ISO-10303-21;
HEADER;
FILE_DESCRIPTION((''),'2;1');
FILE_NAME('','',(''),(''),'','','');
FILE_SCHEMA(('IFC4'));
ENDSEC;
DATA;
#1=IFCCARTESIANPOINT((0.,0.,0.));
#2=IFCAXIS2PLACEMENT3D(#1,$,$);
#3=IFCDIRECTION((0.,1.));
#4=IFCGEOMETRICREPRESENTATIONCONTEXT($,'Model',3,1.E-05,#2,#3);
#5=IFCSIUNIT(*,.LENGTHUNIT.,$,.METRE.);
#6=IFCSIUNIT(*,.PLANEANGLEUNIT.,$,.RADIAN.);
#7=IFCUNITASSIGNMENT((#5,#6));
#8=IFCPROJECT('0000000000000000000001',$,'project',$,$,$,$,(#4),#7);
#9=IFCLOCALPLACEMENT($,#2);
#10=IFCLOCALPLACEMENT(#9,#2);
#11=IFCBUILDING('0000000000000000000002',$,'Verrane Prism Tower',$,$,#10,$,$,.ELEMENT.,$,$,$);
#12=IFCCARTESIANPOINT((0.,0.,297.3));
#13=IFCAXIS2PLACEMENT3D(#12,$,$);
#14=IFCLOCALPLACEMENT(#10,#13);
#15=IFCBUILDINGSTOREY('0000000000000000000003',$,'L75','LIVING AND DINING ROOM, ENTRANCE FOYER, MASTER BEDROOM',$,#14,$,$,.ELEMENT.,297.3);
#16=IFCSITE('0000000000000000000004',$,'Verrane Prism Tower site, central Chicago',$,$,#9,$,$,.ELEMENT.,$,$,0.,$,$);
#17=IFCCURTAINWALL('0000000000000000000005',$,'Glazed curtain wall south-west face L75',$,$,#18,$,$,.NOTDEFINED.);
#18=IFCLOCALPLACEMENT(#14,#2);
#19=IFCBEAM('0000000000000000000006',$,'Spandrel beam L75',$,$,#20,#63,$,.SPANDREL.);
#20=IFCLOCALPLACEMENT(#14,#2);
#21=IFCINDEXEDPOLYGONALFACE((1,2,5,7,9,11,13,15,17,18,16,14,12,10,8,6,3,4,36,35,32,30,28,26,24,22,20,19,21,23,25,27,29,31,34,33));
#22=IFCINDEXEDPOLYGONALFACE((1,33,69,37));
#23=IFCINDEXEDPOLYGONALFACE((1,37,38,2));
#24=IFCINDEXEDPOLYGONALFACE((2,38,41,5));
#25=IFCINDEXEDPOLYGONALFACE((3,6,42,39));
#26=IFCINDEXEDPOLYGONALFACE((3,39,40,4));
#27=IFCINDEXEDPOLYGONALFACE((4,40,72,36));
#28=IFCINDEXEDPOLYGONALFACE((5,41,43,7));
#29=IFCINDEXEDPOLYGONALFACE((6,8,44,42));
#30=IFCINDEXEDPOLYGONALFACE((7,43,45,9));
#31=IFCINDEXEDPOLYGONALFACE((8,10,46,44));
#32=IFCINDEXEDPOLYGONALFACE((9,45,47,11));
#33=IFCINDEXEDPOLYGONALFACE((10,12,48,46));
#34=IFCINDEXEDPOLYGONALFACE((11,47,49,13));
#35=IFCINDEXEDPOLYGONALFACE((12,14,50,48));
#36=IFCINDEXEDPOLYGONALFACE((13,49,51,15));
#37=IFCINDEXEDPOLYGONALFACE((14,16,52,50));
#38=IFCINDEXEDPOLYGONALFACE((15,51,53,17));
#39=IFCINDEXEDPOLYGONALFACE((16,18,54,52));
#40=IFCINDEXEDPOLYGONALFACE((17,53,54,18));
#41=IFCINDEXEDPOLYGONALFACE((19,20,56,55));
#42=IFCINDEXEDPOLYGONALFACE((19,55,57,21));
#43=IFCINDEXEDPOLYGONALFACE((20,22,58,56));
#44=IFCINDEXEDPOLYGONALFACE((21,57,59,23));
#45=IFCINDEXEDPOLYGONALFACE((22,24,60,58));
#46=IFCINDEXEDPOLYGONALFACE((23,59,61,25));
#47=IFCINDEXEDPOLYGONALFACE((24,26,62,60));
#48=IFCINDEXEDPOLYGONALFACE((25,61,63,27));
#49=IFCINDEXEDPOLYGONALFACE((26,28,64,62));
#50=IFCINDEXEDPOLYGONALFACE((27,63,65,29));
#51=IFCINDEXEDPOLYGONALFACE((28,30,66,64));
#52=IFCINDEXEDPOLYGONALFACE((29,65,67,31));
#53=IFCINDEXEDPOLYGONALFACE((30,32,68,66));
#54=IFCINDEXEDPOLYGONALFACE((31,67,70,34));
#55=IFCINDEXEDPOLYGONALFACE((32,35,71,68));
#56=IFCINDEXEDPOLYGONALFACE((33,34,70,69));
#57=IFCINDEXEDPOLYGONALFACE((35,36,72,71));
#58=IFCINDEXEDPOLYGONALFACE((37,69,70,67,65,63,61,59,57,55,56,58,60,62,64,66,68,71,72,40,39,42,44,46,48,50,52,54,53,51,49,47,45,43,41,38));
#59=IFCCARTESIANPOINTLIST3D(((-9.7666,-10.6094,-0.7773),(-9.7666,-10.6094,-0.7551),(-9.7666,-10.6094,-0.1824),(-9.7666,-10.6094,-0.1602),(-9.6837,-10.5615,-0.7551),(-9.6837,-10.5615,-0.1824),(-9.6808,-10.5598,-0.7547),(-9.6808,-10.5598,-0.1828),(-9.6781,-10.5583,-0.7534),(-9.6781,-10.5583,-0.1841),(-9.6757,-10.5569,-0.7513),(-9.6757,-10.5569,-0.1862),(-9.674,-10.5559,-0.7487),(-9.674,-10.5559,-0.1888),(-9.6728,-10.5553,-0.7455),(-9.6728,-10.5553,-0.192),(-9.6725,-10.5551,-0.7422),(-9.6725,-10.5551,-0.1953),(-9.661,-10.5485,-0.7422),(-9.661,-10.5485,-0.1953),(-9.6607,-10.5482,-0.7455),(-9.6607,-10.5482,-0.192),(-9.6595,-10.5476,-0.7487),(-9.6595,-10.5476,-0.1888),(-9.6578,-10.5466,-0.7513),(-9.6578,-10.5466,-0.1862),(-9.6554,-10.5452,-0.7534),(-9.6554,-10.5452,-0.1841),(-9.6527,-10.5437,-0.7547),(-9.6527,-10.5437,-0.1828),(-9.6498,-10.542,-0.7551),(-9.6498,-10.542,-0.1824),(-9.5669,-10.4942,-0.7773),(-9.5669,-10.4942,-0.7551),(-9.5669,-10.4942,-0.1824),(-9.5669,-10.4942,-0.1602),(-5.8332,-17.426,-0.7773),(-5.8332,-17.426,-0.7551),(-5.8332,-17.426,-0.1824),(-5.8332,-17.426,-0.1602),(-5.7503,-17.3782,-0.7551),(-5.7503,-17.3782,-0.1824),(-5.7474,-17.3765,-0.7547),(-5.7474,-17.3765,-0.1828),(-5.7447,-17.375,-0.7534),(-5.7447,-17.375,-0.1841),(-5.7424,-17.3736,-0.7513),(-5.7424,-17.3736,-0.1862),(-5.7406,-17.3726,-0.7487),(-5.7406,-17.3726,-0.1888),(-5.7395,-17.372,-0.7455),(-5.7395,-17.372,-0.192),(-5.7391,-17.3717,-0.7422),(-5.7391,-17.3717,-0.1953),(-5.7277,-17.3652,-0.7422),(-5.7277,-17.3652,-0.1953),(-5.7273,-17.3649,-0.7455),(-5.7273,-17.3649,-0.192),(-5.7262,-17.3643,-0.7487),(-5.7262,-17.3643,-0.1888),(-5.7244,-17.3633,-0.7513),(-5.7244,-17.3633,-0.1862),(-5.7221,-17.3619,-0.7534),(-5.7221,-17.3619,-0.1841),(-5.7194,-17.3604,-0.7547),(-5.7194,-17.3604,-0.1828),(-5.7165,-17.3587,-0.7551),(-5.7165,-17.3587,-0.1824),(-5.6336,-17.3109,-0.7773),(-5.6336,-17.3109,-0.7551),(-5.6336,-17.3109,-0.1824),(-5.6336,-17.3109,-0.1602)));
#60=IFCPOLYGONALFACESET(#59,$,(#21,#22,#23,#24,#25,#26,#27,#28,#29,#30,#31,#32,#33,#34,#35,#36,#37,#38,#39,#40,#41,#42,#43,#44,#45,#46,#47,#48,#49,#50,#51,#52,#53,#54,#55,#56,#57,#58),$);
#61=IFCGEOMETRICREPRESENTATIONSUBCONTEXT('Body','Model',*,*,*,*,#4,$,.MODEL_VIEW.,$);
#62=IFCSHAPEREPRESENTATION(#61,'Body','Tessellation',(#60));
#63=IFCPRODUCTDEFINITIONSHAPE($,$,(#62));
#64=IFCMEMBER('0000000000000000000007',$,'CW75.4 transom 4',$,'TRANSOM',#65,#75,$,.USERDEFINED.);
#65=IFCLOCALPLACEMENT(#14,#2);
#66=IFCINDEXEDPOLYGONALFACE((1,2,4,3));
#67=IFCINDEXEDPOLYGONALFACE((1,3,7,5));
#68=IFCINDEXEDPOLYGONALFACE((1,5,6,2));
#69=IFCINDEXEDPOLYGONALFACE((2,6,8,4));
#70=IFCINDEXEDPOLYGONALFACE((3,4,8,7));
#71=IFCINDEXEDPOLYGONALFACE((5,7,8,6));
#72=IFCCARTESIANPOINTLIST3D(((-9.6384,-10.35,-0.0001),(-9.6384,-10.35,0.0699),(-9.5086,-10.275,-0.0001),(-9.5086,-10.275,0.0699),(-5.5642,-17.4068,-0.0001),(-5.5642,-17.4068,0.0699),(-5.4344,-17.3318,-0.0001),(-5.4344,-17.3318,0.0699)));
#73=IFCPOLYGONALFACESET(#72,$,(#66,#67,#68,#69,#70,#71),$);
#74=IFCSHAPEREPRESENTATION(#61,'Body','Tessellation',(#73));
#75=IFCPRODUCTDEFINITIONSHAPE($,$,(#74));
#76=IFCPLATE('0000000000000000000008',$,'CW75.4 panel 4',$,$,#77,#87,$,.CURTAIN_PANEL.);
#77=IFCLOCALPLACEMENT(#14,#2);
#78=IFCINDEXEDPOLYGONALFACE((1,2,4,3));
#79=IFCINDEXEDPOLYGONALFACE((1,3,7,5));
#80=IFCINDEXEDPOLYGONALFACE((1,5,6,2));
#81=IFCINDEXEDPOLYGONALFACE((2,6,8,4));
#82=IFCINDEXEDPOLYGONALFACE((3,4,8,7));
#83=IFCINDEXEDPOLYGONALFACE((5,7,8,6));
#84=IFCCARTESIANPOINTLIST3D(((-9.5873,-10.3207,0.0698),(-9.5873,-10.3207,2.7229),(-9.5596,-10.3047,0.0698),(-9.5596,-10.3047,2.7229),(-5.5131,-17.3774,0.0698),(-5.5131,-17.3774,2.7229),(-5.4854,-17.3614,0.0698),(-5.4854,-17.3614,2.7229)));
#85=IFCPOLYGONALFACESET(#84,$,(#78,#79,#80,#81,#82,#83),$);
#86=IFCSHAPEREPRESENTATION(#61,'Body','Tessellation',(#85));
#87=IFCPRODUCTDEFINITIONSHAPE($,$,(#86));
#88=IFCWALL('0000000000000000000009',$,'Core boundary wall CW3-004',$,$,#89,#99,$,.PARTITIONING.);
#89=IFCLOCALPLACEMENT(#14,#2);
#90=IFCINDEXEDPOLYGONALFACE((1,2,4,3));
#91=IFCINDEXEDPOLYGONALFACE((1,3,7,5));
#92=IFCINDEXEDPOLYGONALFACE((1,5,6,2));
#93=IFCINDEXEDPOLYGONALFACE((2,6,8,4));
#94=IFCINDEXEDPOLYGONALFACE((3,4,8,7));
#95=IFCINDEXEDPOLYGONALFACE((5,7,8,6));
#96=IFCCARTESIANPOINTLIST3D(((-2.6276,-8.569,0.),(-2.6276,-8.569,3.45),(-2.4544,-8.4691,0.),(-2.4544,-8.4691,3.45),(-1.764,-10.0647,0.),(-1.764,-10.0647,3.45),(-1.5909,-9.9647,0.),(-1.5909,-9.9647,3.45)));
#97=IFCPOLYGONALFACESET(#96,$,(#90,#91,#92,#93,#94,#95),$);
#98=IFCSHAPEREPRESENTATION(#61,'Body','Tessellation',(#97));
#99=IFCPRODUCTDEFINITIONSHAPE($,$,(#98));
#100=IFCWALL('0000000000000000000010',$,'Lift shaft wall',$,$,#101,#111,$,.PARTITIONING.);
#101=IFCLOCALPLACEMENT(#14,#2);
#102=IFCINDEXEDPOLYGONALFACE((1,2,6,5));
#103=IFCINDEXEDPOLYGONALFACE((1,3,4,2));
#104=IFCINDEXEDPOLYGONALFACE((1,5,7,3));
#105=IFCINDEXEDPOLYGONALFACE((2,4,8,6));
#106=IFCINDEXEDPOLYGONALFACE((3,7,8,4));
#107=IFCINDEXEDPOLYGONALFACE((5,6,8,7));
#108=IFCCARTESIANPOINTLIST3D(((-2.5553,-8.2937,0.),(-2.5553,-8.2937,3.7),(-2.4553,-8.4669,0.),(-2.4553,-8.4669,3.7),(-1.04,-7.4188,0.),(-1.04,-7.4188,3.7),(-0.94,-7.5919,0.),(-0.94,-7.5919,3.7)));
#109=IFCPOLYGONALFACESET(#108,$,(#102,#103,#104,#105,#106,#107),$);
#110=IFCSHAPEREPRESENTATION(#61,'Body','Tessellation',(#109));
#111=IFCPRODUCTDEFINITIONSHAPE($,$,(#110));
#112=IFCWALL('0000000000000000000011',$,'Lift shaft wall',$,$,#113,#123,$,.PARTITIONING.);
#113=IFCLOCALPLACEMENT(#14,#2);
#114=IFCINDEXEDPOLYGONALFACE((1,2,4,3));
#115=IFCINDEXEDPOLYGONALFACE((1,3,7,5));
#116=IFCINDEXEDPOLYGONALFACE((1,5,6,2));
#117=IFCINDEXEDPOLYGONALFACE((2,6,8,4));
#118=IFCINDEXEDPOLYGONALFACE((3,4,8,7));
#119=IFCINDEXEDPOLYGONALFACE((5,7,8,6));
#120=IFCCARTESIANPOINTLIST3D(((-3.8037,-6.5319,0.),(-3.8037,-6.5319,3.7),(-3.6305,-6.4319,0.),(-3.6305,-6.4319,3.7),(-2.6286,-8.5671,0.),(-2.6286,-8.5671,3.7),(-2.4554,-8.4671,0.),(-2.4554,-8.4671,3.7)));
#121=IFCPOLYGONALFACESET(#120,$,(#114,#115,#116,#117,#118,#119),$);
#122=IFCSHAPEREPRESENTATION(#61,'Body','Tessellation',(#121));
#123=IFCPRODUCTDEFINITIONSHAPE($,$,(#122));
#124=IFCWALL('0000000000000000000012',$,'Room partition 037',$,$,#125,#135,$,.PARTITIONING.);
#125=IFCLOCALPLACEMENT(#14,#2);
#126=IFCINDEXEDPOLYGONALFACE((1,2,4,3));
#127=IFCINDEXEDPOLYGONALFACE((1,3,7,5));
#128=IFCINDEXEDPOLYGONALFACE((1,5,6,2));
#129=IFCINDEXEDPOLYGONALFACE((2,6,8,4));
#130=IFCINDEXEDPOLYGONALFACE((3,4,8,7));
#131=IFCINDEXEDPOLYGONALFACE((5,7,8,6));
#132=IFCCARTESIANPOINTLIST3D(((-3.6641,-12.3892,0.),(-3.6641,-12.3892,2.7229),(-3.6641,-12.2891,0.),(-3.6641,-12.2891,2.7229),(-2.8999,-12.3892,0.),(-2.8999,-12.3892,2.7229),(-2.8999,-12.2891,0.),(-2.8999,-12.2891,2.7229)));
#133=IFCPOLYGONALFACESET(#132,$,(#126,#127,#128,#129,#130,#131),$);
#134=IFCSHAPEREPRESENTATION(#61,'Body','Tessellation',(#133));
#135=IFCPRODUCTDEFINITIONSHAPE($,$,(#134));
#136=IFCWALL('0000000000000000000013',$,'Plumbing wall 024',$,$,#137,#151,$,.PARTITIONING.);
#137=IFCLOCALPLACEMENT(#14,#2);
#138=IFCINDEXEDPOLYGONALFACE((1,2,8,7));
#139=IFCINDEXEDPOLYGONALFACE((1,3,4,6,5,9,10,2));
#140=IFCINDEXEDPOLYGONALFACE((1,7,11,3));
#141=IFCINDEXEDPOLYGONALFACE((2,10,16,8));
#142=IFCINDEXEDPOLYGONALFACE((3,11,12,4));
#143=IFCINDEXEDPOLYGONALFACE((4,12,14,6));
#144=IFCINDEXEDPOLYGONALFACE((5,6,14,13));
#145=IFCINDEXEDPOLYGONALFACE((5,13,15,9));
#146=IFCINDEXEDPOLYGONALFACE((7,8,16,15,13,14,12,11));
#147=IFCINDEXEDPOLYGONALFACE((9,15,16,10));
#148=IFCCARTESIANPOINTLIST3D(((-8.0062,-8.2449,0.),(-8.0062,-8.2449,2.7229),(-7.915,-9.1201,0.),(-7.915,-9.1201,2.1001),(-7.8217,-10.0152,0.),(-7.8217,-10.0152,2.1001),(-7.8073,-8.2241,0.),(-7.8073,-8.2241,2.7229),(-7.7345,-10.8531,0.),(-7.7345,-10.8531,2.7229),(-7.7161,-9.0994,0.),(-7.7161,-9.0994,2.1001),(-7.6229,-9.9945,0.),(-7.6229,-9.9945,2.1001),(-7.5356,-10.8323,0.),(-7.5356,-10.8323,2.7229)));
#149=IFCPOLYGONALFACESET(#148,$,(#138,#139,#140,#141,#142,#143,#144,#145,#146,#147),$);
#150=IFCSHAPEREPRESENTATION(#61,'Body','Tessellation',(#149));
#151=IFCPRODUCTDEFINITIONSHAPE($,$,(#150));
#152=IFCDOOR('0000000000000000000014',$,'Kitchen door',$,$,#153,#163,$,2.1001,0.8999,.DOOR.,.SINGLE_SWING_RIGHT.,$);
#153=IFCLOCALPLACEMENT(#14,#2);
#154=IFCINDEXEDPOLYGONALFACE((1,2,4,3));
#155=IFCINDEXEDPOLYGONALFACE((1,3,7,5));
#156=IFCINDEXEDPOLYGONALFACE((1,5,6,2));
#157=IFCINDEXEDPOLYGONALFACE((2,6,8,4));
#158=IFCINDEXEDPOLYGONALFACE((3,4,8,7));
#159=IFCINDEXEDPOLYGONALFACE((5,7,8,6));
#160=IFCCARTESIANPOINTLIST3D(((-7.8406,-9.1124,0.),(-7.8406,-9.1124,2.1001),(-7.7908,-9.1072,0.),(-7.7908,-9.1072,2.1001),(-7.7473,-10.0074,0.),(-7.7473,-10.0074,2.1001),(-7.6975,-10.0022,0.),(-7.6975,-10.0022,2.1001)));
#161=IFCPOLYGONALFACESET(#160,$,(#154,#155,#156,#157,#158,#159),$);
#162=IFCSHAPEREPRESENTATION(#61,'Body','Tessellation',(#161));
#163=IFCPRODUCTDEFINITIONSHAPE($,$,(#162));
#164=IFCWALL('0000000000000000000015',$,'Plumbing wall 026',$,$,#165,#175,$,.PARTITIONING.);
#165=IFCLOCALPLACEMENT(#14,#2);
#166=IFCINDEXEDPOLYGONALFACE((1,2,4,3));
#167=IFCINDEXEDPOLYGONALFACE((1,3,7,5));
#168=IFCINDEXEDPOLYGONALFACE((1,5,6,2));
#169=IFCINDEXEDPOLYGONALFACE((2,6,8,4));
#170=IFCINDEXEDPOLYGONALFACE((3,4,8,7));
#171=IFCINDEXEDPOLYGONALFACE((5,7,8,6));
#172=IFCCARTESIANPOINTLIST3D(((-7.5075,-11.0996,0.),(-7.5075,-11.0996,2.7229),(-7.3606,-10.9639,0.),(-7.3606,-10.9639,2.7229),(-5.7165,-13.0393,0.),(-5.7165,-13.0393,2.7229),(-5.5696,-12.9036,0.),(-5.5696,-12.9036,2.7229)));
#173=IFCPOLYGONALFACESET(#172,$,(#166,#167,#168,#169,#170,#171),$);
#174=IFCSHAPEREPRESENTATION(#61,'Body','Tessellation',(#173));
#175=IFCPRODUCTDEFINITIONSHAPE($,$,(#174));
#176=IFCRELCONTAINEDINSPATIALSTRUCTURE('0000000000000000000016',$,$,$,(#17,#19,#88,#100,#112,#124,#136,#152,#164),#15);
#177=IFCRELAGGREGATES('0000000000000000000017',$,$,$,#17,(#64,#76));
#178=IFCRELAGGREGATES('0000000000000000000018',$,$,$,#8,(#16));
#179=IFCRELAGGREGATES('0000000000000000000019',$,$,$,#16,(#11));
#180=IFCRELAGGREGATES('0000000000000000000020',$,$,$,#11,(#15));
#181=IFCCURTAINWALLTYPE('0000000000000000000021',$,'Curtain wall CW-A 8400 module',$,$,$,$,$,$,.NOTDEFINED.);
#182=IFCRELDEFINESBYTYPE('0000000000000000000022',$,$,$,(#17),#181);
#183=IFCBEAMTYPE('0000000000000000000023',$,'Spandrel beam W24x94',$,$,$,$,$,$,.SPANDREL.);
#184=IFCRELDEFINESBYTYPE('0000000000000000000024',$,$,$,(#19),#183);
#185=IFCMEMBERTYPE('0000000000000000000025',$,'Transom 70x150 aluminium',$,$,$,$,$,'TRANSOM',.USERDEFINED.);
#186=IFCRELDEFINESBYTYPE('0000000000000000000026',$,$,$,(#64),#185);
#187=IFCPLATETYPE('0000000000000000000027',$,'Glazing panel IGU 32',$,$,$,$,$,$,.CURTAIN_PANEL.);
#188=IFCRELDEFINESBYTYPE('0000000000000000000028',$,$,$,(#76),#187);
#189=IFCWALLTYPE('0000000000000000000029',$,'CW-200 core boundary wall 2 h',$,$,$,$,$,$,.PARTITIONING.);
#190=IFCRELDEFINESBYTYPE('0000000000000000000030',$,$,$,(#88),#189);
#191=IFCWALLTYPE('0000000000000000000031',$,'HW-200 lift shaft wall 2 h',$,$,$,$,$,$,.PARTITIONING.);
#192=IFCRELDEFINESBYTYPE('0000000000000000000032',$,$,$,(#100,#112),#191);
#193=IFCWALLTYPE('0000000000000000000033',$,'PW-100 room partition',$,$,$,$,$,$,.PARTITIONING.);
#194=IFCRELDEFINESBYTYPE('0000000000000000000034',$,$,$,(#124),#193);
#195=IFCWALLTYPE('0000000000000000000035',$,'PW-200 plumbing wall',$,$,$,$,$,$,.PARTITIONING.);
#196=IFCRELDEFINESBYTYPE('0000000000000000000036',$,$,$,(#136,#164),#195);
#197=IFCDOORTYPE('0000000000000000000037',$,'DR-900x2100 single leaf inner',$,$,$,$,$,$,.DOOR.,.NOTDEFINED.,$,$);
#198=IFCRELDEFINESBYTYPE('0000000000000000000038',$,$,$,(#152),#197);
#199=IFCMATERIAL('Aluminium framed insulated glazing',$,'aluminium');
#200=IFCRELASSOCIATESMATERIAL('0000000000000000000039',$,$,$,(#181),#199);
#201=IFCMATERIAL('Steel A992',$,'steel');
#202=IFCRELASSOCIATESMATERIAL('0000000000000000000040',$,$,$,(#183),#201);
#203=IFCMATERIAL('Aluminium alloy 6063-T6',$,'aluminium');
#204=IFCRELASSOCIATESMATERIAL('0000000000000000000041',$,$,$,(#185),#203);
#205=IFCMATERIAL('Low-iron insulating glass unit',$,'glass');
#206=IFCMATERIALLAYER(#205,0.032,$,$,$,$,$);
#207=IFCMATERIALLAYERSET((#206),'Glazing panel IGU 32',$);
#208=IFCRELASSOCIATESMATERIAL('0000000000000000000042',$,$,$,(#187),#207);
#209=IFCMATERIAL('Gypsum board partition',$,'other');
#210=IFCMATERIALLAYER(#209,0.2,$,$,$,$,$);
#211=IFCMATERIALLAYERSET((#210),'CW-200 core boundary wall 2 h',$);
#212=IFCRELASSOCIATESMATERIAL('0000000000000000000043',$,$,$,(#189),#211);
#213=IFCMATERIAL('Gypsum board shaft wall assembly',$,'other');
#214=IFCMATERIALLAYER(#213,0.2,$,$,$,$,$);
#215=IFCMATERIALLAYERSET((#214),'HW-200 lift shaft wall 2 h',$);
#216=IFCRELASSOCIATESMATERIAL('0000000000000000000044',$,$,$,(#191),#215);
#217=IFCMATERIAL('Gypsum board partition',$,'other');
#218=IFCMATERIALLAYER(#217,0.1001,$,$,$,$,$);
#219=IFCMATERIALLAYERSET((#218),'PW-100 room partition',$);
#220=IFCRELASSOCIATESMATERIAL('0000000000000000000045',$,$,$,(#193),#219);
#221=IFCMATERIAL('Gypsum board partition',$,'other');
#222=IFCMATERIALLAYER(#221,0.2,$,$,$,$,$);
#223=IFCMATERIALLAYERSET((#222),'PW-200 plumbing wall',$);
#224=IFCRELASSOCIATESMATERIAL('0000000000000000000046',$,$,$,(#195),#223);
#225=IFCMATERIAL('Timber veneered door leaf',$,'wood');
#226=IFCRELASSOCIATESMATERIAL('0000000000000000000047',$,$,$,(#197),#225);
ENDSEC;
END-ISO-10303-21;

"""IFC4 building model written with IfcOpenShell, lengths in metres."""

from ifc_helpers import new_model, si_unit, direction, frame, frame_2d, origin, origin_2d, place, context, subcontext, project, spatial, rectangle, i_section, extrude, material, layer, layer_set, material_profile, profile_set, type_object, element, fill, aggregate, save


model = new_model("IFC4")

# Units and contexts
model_context = context("Model", 3, precision=1e-05, world=origin(), true_north=direction((0.0, 1.0)))
body_context = subcontext(model_context, "Body", "Model", "MODEL_VIEW")
ifc_project = project(units=[si_unit("LENGTHUNIT", "METRE"), si_unit("PLANEANGLEUNIT", "RADIAN")], contexts=[model_context])

# Site, building, storey
site_placement = place(None, origin())
site = spatial("IfcSite", under=ifc_project, at=site_placement, Name="Verrane Prism Tower site, central Chicago", CompositionType="ELEMENT", RefElevation=0.0)
building_placement = place(site_placement, origin())
building = spatial("IfcBuilding", under=site, at=building_placement, Name="Verrane Prism Tower", CompositionType="ELEMENT")
storey_placement = place(building_placement, frame((0.0, 0.0, 297.3)))
storey = spatial("IfcBuildingStorey", under=building, at=storey_placement, Name="L75", Description="LIVING AND DINING ROOM, ENTRANCE FOYER, MASTER BEDROOM", CompositionType="ELEMENT", Elevation=297.3)

# Curtain wall
ifc_material_1 = material(Name="Aluminium framed insulated glazing", Category="aluminium")
curtain_wall_type = type_object("IfcCurtainWallType", Name="Curtain wall CW-A 8400 module", PredefinedType="NOTDEFINED", material=ifc_material_1)
curtain_wall_placement = place(storey_placement, origin())
curtain_wall = element("IfcCurtainWall", 1, at=curtain_wall_placement, inside=storey, type_object=curtain_wall_type, Name="Glazed curtain wall south-west face L75", PredefinedType="NOTDEFINED")

# Beam
ifc_material_2 = material(Name="Steel A992", Category="steel")
ifc_material_profile_1 = material_profile(ifc_material_2, i_section(OverallWidth=0.2305, OverallDepth=0.6172, WebThickness=0.0132, FlangeThickness=0.0222, FilletRadius=0.0129, at=origin_2d()), Name="W24x94")
ifc_profile_set_1 = profile_set([ifc_material_profile_1], Name="Steel A992")
beam_type_1 = type_object("IfcBeamType", Name="Spandrel beam W24x94", PredefinedType="SPANDREL", material=ifc_profile_set_1)
beam_1_placement = place(storey_placement, frame((-9.6667, -10.5518, -0.4688), z_axis=(0.499786, -0.866149, 0.0), x_axis=(0.866149, 0.499786, 0.0)))
element("IfcBeam", 2, at=beam_1_placement, inside=storey, type_object=beam_type_1, Name="Spandrel beam L75", PredefinedType="SPANDREL", context=body_context, shape_type="SweptSolid", body=[
    extrude(i_section(OverallWidth=0.2305, OverallDepth=0.6172, WebThickness=0.0132, FlangeThickness=0.0222, FilletRadius=0.0129, at=origin_2d()), origin(), (0.0, 0.0, 1.0), 7.8701),
])

# Member
ifc_material_3 = material(Name="Aluminium alloy 6063-T6", Category="aluminium")
ifc_material_profile_2 = material_profile(ifc_material_3, rectangle(XDim=0.1499, YDim=0.0701, at=origin_2d()), Name="Transom 70x150 aluminium")
ifc_profile_set_2 = profile_set([ifc_material_profile_2], Name="Aluminium alloy 6063-T6")
member_type_1 = type_object("IfcMemberType", Name="Transom 70x150 aluminium", ElementType="TRANSOM", PredefinedType="USERDEFINED", material=ifc_profile_set_2)
member_1_placement = place(storey_placement, frame((-9.5735, -10.3125, 0.0349), z_axis=(0.499993, -0.866029, 0.0), x_axis=(0.866029, 0.499993, 0.0)))
member_1 = element("IfcMember", 3, at=member_1_placement, type_object=member_type_1, Name="CW75.4 transom 4", ObjectType="TRANSOM", PredefinedType="USERDEFINED", context=body_context, shape_type="SweptSolid", body=[
    extrude(rectangle(XDim=0.1499, YDim=0.0701, at=origin_2d()), origin(), (0.0, 0.0, 1.0), 8.1484),
])

# Plate
ifc_material_4 = material(Name="Low-iron insulating glass unit", Category="glass")
ifc_layer_1 = layer(ifc_material_4, 0.032)
ifc_layer_set_1 = layer_set([ifc_layer_1], Name="Glazing panel IGU 32")
plate_type = type_object("IfcPlateType", Name="Glazing panel IGU 32", PredefinedType="CURTAIN_PANEL", material=ifc_layer_set_1)
plate_placement = place(storey_placement, frame((-7.5364, -13.8411, 0.0698), z_axis=(0.0, 0.0, 1.0), x_axis=(0.500001, -0.866025, 0.0)))
plate = element("IfcPlate", 4, at=plate_placement, type_object=plate_type, Name="CW75.4 panel 4", PredefinedType="CURTAIN_PANEL", context=body_context, shape_type="SweptSolid", body=[
    extrude(rectangle(XDim=8.1484, YDim=0.032, at=origin_2d()), origin(), (0.0, 0.0, 1.0), 2.6531),
])
aggregate(curtain_wall, [member_1, plate])

# Walls
ifc_material_5 = material(Name="Gypsum board partition", Category="other")
ifc_layer_2 = layer(ifc_material_5, 0.2)
ifc_layer_set_2 = layer_set([ifc_layer_2], Name="CW-200 core boundary wall 2 h")
wall_type_1 = type_object("IfcWallType", Name="CW-200 core boundary wall 2 h", PredefinedType="PARTITIONING", material=ifc_layer_set_2)
wall_1_placement = place(storey_placement, frame((-2.541, -8.519, 0.0), z_axis=(0.0, 0.0, 1.0), x_axis=(0.500016, -0.866016, 0.0)))
element("IfcWall", 5, at=wall_1_placement, inside=storey, type_object=wall_type_1, Name="Core boundary wall CW3-004", PredefinedType="PARTITIONING", context=body_context, shape_type="SweptSolid", body=[
    extrude(rectangle(XDim=1.7271, YDim=0.2, at=frame_2d((0.8635, 0.0))), origin(), (0.0, 0.0, 1.0), 3.45),
])
ifc_material_6 = material(Name="Gypsum board shaft wall assembly", Category="other")
ifc_layer_3 = layer(ifc_material_6, 0.2)
ifc_layer_set_3 = layer_set([ifc_layer_3], Name="HW-200 lift shaft wall 2 h")
wall_type_2 = type_object("IfcWallType", Name="HW-200 lift shaft wall 2 h", PredefinedType="PARTITIONING", material=ifc_layer_set_3)
wall_2_placement = place(storey_placement, frame((-2.5054, -8.3804, 0.0), z_axis=(0.0, 0.0, 1.0), x_axis=(0.866002, 0.50004, 0.0)))
element("IfcWall", 6, at=wall_2_placement, inside=storey, type_object=wall_type_2, Name="Lift shaft wall", PredefinedType="PARTITIONING", context=body_context, shape_type="SweptSolid", body=[
    extrude(rectangle(XDim=1.7498, YDim=0.2, at=frame_2d((0.875, 0.0))), origin(), (0.0, 0.0, 1.0), 3.7),
])
wall_3_placement = place(storey_placement, frame((-2.542, -8.5171, 0.0), z_axis=(0.0, 0.0, 1.0), x_axis=(-0.500016, 0.866016, 0.0)))
element("IfcWall", 7, at=wall_3_placement, inside=storey, type_object=wall_type_2, Name="Lift shaft wall", PredefinedType="PARTITIONING", context=body_context, shape_type="SweptSolid", body=[
    extrude(rectangle(XDim=2.3501, YDim=0.2, at=frame_2d((1.175, 0.0))), origin(), (0.0, 0.0, 1.0), 3.7),
])
ifc_material_7 = material(Name="Gypsum board partition", Category="other")
ifc_layer_4 = layer(ifc_material_7, 0.1001)
ifc_layer_set_4 = layer_set([ifc_layer_4], Name="PW-100 room partition")
wall_type_3 = type_object("IfcWallType", Name="PW-100 room partition", PredefinedType="PARTITIONING", material=ifc_layer_set_4)
wall_4_placement = place(storey_placement, frame((-3.6641, -12.3391, 0.0), z_axis=(0.0, 0.0, 1.0), x_axis=(1.0, 0.0, 0.0)))
element("IfcWall", 8, at=wall_4_placement, inside=storey, type_object=wall_type_3, Name="Room partition 037", PredefinedType="PARTITIONING", context=body_context, shape_type="SweptSolid", body=[
    extrude(rectangle(XDim=0.7642, YDim=0.1001, at=frame_2d((0.3821, 0.0))), origin(), (0.0, 0.0, 1.0), 2.7229),
])

# Wall, opening, door
ifc_material_8 = material(Name="Gypsum board partition", Category="other")
ifc_layer_5 = layer(ifc_material_8, 0.2)
ifc_layer_set_5 = layer_set([ifc_layer_5], Name="PW-200 plumbing wall")
wall_type_4 = type_object("IfcWallType", Name="PW-200 plumbing wall", PredefinedType="PARTITIONING", material=ifc_layer_set_5)
wall_5_placement = place(storey_placement, frame((-7.9067, -8.2346, 0.0), z_axis=(0.0, 0.0, 1.0), x_axis=(0.103623, -0.994617, 0.0)))
wall_5 = element("IfcWall", 9, at=wall_5_placement, inside=storey, type_object=wall_type_4, Name="Plumbing wall 024", PredefinedType="PARTITIONING", context=body_context, shape_type="SweptSolid", body=[
    extrude(rectangle(XDim=2.6223, YDim=0.2, at=frame_2d((1.311, 0.0))), origin(), (0.0, 0.0, 1.0), 2.7229),
])
opening_1_placement = place(wall_5_placement, frame((0.8799, 0.0, 0.0)))
opening_1 = element("IfcOpeningElement", 10, at=opening_1_placement, cuts=wall_5, PredefinedType="OPENING", context=body_context, shape_type="SweptSolid", body=[
    extrude(rectangle(XDim=0.8999, YDim=2.1001, at=frame_2d((0.45, 1.05))), frame((0.0, 0.1099, 0.0), z_axis=(0.0, -1.0, 0.0), x_axis=(1.0, 0.0, 0.0)), (0.0, 0.0, 1.0), 0.22),
])
ifc_material_9 = material(Name="Timber veneered door leaf", Category="wood")
door_type_1 = type_object("IfcDoorType", Name="DR-900x2100 single leaf inner", OperationType="NOTDEFINED", PredefinedType="DOOR", material=ifc_material_9)
door_1_placement = place(opening_1_placement, origin())
door_1 = element("IfcDoor", 11, at=door_1_placement, inside=storey, type_object=door_type_1, Name="Kitchen door", OperationType="SINGLE_SWING_RIGHT", OverallHeight=2.1001, OverallWidth=0.8999, PredefinedType="DOOR", context=body_context, shape_type="SweptSolid", body=[
    extrude(rectangle(XDim=0.8999, YDim=2.1001, at=frame_2d((0.45, 1.05))), frame((0.0, 0.0249, 0.0), z_axis=(0.0, -1.0, 0.0), x_axis=(1.0, 0.0, 0.0)), (0.0, 0.0, 1.0), 0.05),
])
fill(opening_1, door_1)

# Wall
wall_6_placement = place(storey_placement, frame((-7.4341, -11.0317, 0.0), z_axis=(0.0, 0.0, 1.0), x_axis=(0.678388, -0.734704, 0.0)))
element("IfcWall", 12, at=wall_6_placement, inside=storey, type_object=wall_type_4, Name="Plumbing wall 026", PredefinedType="PARTITIONING", context=body_context, shape_type="SweptSolid", body=[
    extrude(rectangle(XDim=2.6401, YDim=0.2, at=frame_2d((1.3201, 0.0))), origin(), (0.0, 0.0, 1.0), 2.7229),
])

save(model, "model.ifc")
